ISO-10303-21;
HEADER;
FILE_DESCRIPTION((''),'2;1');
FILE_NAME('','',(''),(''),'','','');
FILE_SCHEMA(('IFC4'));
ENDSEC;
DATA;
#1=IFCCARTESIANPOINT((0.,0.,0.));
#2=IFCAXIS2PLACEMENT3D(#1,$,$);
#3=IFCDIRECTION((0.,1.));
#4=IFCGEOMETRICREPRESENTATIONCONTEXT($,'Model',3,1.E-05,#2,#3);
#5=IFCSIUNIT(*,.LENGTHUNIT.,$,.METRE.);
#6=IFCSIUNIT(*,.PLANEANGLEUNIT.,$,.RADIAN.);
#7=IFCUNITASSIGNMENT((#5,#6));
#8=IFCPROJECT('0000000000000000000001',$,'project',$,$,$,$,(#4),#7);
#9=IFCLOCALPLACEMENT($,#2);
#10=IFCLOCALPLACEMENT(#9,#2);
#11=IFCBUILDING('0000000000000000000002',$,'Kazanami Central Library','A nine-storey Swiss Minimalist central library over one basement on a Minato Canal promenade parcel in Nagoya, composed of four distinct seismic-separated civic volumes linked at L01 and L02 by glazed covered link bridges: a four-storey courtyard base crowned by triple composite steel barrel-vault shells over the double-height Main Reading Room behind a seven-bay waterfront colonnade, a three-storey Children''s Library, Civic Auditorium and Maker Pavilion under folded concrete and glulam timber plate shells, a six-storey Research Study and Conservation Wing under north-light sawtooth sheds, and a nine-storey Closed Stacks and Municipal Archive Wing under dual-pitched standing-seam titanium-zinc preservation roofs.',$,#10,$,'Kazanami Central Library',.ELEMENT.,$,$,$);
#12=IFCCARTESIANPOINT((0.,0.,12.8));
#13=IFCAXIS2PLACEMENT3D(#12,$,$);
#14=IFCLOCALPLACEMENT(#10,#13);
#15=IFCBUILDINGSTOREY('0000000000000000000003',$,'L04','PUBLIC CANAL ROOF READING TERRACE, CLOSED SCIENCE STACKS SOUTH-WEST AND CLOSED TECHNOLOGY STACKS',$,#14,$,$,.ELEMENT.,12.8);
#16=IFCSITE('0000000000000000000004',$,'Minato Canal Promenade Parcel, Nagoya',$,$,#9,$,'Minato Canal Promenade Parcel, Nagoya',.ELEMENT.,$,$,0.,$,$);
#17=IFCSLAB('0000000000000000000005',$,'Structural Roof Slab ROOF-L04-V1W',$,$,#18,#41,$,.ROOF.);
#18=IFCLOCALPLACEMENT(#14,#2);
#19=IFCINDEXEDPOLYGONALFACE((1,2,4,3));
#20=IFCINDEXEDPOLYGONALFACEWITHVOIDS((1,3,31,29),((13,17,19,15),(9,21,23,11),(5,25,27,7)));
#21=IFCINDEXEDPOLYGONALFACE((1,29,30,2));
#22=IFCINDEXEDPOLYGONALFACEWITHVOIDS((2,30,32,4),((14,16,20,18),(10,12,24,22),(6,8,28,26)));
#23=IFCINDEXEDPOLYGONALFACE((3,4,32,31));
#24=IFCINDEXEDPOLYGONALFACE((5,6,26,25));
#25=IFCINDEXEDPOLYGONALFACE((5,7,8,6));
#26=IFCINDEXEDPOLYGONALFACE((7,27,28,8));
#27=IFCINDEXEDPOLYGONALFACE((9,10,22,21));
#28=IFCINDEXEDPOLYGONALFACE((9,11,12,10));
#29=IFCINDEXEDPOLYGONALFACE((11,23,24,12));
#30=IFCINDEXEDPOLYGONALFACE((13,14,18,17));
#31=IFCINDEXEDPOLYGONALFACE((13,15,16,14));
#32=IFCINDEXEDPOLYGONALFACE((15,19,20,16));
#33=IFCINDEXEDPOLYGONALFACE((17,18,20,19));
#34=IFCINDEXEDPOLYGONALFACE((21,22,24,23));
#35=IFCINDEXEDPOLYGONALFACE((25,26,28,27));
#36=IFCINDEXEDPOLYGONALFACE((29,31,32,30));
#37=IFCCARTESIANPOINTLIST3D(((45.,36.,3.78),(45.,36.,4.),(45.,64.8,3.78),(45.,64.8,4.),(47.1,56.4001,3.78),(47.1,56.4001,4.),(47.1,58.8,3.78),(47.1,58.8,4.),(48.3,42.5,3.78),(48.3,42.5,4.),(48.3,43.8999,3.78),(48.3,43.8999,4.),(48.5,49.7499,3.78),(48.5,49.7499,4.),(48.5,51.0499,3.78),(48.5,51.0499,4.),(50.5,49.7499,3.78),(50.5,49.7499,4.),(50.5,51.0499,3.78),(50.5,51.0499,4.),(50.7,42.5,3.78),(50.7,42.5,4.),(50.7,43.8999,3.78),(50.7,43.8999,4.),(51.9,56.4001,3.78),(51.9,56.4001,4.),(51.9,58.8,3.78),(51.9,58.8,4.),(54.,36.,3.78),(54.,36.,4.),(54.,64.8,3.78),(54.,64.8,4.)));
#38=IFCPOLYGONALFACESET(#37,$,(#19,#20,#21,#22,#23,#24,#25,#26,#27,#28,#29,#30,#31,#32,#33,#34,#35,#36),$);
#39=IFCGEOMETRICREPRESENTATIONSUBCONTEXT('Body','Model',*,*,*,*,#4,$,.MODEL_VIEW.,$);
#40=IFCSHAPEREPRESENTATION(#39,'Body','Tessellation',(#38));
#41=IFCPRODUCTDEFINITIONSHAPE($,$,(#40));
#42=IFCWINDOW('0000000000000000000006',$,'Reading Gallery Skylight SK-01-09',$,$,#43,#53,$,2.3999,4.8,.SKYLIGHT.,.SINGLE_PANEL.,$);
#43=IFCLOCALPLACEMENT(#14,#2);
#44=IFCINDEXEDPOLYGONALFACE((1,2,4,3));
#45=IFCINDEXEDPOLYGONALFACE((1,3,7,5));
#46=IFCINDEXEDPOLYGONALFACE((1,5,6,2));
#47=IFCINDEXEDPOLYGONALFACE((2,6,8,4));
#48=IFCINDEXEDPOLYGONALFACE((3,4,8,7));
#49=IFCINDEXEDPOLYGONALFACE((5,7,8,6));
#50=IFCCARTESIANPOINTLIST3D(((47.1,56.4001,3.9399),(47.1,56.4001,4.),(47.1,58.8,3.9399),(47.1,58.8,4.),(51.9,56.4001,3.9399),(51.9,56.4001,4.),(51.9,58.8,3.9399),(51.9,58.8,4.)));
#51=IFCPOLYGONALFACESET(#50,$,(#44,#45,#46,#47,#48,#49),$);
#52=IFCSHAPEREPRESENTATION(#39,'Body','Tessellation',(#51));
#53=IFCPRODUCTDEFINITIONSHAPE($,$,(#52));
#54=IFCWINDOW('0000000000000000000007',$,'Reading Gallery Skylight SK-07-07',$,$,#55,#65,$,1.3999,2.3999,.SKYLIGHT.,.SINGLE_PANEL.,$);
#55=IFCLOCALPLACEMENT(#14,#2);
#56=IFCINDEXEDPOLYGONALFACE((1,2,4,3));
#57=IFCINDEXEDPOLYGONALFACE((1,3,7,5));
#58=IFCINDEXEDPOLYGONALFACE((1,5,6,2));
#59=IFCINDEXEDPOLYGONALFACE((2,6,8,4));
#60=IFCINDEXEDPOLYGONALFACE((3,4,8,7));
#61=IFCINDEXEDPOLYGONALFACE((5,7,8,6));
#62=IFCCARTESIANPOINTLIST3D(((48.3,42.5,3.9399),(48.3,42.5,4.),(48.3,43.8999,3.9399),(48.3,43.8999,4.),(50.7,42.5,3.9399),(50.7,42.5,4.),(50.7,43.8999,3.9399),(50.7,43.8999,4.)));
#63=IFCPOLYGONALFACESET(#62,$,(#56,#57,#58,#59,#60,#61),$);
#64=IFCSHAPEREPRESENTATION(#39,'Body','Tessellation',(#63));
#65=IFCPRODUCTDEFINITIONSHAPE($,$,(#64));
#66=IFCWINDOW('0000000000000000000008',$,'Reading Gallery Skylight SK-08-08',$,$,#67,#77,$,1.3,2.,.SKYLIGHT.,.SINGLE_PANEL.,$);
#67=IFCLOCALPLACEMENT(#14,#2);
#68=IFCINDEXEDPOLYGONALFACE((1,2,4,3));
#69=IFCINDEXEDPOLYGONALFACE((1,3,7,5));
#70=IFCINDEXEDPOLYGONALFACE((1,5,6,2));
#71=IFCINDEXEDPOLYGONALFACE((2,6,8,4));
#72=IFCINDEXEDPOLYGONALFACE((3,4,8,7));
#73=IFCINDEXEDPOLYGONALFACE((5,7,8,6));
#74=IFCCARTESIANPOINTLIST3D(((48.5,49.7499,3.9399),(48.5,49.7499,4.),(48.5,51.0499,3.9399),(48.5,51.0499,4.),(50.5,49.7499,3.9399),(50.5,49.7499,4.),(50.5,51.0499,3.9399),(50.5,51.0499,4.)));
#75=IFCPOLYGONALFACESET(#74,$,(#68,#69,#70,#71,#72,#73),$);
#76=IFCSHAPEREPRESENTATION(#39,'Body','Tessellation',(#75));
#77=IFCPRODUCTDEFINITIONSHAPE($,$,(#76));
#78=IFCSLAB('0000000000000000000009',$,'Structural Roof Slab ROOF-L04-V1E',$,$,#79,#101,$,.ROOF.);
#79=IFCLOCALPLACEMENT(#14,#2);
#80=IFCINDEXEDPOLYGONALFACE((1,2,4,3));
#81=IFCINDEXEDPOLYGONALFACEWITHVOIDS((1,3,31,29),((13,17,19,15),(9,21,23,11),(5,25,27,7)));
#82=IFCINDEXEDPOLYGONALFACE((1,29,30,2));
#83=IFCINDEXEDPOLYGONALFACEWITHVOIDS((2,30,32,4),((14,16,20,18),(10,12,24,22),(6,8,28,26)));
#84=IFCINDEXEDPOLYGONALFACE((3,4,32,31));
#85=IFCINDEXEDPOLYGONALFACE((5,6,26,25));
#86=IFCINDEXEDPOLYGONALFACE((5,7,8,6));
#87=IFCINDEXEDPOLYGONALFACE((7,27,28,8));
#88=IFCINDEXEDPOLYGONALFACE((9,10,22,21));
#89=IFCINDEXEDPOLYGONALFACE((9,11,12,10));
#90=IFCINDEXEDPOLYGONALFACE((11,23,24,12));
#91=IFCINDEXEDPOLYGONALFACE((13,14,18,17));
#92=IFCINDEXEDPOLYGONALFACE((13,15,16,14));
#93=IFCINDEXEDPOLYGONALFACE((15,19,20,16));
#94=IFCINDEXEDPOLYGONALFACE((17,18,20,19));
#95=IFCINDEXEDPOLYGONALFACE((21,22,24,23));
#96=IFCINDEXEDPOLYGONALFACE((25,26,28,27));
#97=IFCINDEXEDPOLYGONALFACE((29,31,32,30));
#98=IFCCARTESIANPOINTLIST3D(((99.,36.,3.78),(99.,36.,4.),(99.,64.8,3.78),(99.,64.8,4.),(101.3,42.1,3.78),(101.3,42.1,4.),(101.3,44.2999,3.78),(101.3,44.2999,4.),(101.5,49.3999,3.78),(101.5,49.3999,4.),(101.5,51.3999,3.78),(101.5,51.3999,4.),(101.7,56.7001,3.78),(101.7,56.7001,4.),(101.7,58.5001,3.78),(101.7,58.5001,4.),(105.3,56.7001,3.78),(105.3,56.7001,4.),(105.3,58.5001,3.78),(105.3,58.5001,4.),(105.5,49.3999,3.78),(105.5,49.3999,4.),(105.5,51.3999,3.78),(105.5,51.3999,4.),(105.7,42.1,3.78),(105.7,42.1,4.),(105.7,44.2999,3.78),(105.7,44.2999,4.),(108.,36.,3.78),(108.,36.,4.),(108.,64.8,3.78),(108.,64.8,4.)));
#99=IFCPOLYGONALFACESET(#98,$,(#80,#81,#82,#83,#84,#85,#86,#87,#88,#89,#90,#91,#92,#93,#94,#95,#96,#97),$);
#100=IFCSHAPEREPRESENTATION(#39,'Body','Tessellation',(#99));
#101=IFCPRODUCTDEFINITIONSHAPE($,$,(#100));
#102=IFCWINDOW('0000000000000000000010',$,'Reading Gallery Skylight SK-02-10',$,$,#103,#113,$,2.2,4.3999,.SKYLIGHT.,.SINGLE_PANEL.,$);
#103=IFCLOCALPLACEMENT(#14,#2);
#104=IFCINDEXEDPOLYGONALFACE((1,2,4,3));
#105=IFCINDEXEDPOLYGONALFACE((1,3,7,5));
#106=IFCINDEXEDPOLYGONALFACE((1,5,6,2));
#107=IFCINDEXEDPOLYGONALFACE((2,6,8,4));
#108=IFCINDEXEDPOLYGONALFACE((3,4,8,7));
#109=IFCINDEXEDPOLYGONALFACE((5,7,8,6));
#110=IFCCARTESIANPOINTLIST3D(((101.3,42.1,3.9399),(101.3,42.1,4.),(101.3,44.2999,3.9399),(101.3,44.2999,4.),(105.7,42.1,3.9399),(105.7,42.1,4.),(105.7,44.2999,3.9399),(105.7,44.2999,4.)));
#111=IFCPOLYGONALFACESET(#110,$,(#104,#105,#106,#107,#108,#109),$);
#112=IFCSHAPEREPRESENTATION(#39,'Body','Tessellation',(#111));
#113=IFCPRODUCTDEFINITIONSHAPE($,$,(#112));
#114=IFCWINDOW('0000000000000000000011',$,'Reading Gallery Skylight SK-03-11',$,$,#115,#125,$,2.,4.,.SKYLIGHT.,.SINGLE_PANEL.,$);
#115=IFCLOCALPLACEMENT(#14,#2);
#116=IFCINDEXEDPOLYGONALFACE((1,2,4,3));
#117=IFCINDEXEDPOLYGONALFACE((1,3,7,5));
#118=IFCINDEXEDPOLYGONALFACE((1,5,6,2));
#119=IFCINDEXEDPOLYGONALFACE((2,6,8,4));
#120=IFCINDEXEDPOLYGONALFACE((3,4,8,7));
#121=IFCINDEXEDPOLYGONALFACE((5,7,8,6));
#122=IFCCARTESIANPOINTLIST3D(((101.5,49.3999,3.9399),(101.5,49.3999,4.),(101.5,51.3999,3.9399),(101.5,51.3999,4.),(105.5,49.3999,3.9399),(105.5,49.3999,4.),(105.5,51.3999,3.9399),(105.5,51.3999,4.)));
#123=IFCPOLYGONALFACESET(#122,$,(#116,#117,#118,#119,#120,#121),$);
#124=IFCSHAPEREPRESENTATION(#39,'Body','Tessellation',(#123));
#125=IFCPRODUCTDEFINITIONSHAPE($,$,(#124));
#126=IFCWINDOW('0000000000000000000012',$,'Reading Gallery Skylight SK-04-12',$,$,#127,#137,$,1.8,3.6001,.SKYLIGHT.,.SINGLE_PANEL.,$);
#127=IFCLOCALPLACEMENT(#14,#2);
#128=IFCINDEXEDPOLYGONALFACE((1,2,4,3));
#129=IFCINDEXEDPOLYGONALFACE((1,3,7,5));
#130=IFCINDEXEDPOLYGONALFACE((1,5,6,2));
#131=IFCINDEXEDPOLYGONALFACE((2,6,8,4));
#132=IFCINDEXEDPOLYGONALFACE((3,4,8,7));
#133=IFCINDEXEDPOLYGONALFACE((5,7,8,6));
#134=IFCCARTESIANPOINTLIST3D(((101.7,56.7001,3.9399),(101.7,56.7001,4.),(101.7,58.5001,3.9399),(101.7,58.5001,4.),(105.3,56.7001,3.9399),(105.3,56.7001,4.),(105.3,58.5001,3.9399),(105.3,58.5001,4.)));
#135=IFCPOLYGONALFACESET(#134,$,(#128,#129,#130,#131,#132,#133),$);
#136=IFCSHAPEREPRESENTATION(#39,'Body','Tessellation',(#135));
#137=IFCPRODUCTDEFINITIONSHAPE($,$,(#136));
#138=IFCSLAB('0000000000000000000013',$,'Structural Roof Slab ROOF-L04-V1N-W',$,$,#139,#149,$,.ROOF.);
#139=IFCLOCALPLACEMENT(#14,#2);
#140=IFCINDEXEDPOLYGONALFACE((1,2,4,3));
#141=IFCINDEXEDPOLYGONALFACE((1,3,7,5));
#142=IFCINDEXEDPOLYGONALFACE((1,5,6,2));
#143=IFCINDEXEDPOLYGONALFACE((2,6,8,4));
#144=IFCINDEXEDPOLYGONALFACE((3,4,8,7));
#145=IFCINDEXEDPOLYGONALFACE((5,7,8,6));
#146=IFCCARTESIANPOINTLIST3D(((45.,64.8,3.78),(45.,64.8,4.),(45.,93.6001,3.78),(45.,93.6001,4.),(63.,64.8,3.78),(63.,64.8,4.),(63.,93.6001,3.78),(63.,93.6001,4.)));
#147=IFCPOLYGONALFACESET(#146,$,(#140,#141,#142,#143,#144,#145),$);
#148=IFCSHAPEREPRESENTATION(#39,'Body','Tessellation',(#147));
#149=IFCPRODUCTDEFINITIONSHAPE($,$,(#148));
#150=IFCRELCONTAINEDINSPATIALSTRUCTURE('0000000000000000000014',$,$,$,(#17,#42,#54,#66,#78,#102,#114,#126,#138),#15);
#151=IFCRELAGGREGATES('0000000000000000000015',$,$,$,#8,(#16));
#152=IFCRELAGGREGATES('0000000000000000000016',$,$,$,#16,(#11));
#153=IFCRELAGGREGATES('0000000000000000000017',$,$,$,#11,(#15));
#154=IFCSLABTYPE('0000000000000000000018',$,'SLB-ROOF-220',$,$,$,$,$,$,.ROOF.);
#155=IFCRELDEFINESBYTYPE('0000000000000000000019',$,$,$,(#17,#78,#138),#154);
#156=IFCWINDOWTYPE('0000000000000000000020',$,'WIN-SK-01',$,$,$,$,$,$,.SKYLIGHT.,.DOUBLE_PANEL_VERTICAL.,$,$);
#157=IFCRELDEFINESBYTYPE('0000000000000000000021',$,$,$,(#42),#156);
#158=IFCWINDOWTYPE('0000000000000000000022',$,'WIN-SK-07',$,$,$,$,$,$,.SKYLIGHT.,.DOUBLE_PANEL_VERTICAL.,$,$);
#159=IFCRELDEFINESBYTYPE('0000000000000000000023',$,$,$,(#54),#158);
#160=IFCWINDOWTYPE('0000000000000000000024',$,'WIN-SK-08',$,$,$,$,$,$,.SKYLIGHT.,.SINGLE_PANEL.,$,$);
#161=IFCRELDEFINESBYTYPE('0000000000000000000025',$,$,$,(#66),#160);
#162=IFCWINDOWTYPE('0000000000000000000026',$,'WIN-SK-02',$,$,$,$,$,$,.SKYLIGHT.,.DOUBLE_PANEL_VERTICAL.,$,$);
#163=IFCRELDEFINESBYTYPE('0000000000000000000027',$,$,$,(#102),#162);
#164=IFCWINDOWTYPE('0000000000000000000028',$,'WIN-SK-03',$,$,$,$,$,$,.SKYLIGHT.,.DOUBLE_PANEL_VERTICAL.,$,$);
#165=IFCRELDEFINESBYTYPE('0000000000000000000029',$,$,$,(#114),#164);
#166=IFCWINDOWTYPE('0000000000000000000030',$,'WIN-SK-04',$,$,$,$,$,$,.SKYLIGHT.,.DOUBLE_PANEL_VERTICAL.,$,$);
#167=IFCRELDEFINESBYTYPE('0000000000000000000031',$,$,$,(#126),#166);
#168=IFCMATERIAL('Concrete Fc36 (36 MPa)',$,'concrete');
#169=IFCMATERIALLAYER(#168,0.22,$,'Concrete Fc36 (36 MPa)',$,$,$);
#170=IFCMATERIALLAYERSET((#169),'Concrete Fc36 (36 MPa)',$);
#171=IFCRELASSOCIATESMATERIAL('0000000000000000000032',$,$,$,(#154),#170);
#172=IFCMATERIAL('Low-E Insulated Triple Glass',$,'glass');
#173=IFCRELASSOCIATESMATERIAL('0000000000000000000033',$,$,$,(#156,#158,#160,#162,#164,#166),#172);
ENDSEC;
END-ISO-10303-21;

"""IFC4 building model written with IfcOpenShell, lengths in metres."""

from ifc_helpers import new_model, si_unit, direction, frame, origin, origin_2d, place, context, subcontext, project, spatial, polyline, rectangle, outline, extrude, material, layer, layer_set, type_object, element, fill, save


model = new_model("IFC4")

# Units and contexts
model_context = context("Model", 3, precision=1e-05, world=origin(), true_north=direction((0.0, 1.0)))
body_context = subcontext(model_context, "Body", "Model", "MODEL_VIEW")
ifc_project = project(units=[si_unit("LENGTHUNIT", "METRE"), si_unit("PLANEANGLEUNIT", "RADIAN")], contexts=[model_context])

# Site, building, storey
site_placement = place(None, origin())
site = spatial("IfcSite", under=ifc_project, at=site_placement, Name="Minato Canal Promenade Parcel, Nagoya", LongName="Minato Canal Promenade Parcel, Nagoya", CompositionType="ELEMENT", RefElevation=0.0)
building_placement = place(site_placement, origin())
building = spatial("IfcBuilding", under=site, at=building_placement, Name="Kazanami Central Library", Description="A nine-storey Swiss Minimalist central library over one basement on a Minato Canal promenade parcel in Nagoya, composed of four distinct seismic-separated civic volumes linked at L01 and L02 by glazed covered link bridges: a four-storey courtyard base crowned by triple composite steel barrel-vault shells over the double-height Main Reading Room behind a seven-bay waterfront colonnade, a three-storey Children's Library, Civic Auditorium and Maker Pavilion under folded concrete and glulam timber plate shells, a six-storey Research Study and Conservation Wing under north-light sawtooth sheds, and a nine-storey Closed Stacks and Municipal Archive Wing under dual-pitched standing-seam titanium-zinc preservation roofs.", LongName="Kazanami Central Library", CompositionType="ELEMENT")
storey_placement = place(building_placement, frame((0.0, 0.0, 12.8)))
storey = spatial("IfcBuildingStorey", under=building, at=storey_placement, Name="L04", Description="PUBLIC CANAL ROOF READING TERRACE, CLOSED SCIENCE STACKS SOUTH-WEST AND CLOSED TECHNOLOGY STACKS", CompositionType="ELEMENT", Elevation=12.8)

# Shared definitions
ifc_material_1 = material(Name="Concrete Fc36 (36 MPa)", Category="concrete")

# Slabs, openings, windows
ifc_layer_1 = layer(ifc_material_1, 0.22, Name="Concrete Fc36 (36 MPa)")
ifc_layer_set_1 = layer_set([ifc_layer_1], Name="Concrete Fc36 (36 MPa)")
slab_type_1 = type_object("IfcSlabType", Name="SLB-ROOF-220", PredefinedType="ROOF", material=ifc_layer_set_1)
slab_1_placement = place(storey_placement, frame((0.0, 0.0, 3.78)))
slab_1 = element("IfcSlab", 1, at=slab_1_placement, inside=storey, type_object=slab_type_1, Name="Structural Roof Slab ROOF-L04-V1W", PredefinedType="ROOF", context=body_context, shape_type="SweptSolid", body=[
    extrude(outline(polyline([(45.0, 36.0), (54.0, 36.0), (54.0, 64.8), (45.0, 64.8), (45.0, 36.0)])), origin(), (0.0, 0.0, 1.0), 0.22),
])
opening_1_placement = place(slab_1_placement, frame((49.5, 43.2, -0.012)))
opening_1 = element("IfcOpeningElement", 2, at=opening_1_placement, cuts=slab_1, PredefinedType="OPENING", context=body_context, shape_type="SweptSolid", body=[
    extrude(rectangle(XDim=2.3999, YDim=1.3999, at=origin_2d()), origin(), (0.0, 0.0, 1.0), 0.2439),
])
opening_2_placement = place(slab_1_placement, frame((49.5, 50.3999, -0.012)))
opening_2 = element("IfcOpeningElement", 3, at=opening_2_placement, cuts=slab_1, PredefinedType="OPENING", context=body_context, shape_type="SweptSolid", body=[
    extrude(rectangle(XDim=2.0, YDim=1.3, at=origin_2d()), origin(), (0.0, 0.0, 1.0), 0.2439),
])
opening_3_placement = place(slab_1_placement, frame((49.5, 57.6001, -0.012)))
opening_3 = element("IfcOpeningElement", 4, at=opening_3_placement, cuts=slab_1, PredefinedType="OPENING", context=body_context, shape_type="SweptSolid", body=[
    extrude(rectangle(XDim=4.8, YDim=2.3999, at=origin_2d()), origin(), (0.0, 0.0, 1.0), 0.2439),
])
ifc_material_2 = material(Name="Low-E Insulated Triple Glass", Category="glass")
window_type_1 = type_object("IfcWindowType", Name="WIN-SK-01", PartitioningType="DOUBLE_PANEL_VERTICAL", PredefinedType="SKYLIGHT", material=ifc_material_2)
window_1_placement = place(slab_1_placement, frame((49.5, 57.6001, 0.1599)))
window_1 = element("IfcWindow", 5, at=window_1_placement, inside=storey, type_object=window_type_1, Name="Reading Gallery Skylight SK-01-09", OverallHeight=2.3999, OverallWidth=4.8, PartitioningType="SINGLE_PANEL", PredefinedType="SKYLIGHT", context=body_context, shape_type="SweptSolid", body=[
    extrude(rectangle(XDim=4.8, YDim=2.3999, at=origin_2d()), origin(), (0.0, 0.0, 1.0), 0.0601),
])
fill(opening_3, window_1)
window_type_2 = type_object("IfcWindowType", Name="WIN-SK-07", PartitioningType="DOUBLE_PANEL_VERTICAL", PredefinedType="SKYLIGHT", material=ifc_material_2)
window_2_placement = place(slab_1_placement, frame((49.5, 43.2, 0.1599)))
window_2 = element("IfcWindow", 6, at=window_2_placement, inside=storey, type_object=window_type_2, Name="Reading Gallery Skylight SK-07-07", OverallHeight=1.3999, OverallWidth=2.3999, PartitioningType="SINGLE_PANEL", PredefinedType="SKYLIGHT", context=body_context, shape_type="SweptSolid", body=[
    extrude(rectangle(XDim=2.3999, YDim=1.3999, at=origin_2d()), origin(), (0.0, 0.0, 1.0), 0.0601),
])
fill(opening_1, window_2)
window_type_3 = type_object("IfcWindowType", Name="WIN-SK-08", PartitioningType="SINGLE_PANEL", PredefinedType="SKYLIGHT", material=ifc_material_2)
window_3_placement = place(slab_1_placement, frame((49.5, 50.3999, 0.1599)))
window_3 = element("IfcWindow", 7, at=window_3_placement, inside=storey, type_object=window_type_3, Name="Reading Gallery Skylight SK-08-08", OverallHeight=1.3, OverallWidth=2.0, PartitioningType="SINGLE_PANEL", PredefinedType="SKYLIGHT", context=body_context, shape_type="SweptSolid", body=[
    extrude(rectangle(XDim=2.0, YDim=1.3, at=origin_2d()), origin(), (0.0, 0.0, 1.0), 0.0601),
])
fill(opening_2, window_3)
slab_2_placement = place(storey_placement, frame((0.0, 0.0, 3.78)))
slab_2 = element("IfcSlab", 8, at=slab_2_placement, inside=storey, type_object=slab_type_1, Name="Structural Roof Slab ROOF-L04-V1E", PredefinedType="ROOF", context=body_context, shape_type="SweptSolid", body=[
    extrude(outline(polyline([(99.0, 36.0), (108.0, 36.0), (108.0, 64.8), (99.0, 64.8), (99.0, 36.0)])), origin(), (0.0, 0.0, 1.0), 0.22),
])
opening_4_placement = place(slab_2_placement, frame((103.5, 43.2, -0.012)))
opening_4 = element("IfcOpeningElement", 9, at=opening_4_placement, cuts=slab_2, PredefinedType="OPENING", context=body_context, shape_type="SweptSolid", body=[
    extrude(rectangle(XDim=4.3999, YDim=2.2, at=origin_2d()), origin(), (0.0, 0.0, 1.0), 0.2439),
])
opening_5_placement = place(slab_2_placement, frame((103.5, 50.3999, -0.012)))
opening_5 = element("IfcOpeningElement", 10, at=opening_5_placement, cuts=slab_2, PredefinedType="OPENING", context=body_context, shape_type="SweptSolid", body=[
    extrude(rectangle(XDim=4.0, YDim=2.0, at=origin_2d()), origin(), (0.0, 0.0, 1.0), 0.2439),
])
opening_6_placement = place(slab_2_placement, frame((103.5, 57.6001, -0.012)))
opening_6 = element("IfcOpeningElement", 11, at=opening_6_placement, cuts=slab_2, PredefinedType="OPENING", context=body_context, shape_type="SweptSolid", body=[
    extrude(rectangle(XDim=3.6001, YDim=1.8, at=origin_2d()), origin(), (0.0, 0.0, 1.0), 0.2439),
])
window_type_4 = type_object("IfcWindowType", Name="WIN-SK-02", PartitioningType="DOUBLE_PANEL_VERTICAL", PredefinedType="SKYLIGHT", material=ifc_material_2)
window_4_placement = place(slab_2_placement, frame((103.5, 43.2, 0.1599)))
window_4 = element("IfcWindow", 12, at=window_4_placement, inside=storey, type_object=window_type_4, Name="Reading Gallery Skylight SK-02-10", OverallHeight=2.2, OverallWidth=4.3999, PartitioningType="SINGLE_PANEL", PredefinedType="SKYLIGHT", context=body_context, shape_type="SweptSolid", body=[
    extrude(rectangle(XDim=4.3999, YDim=2.2, at=origin_2d()), origin(), (0.0, 0.0, 1.0), 0.0601),
])
fill(opening_4, window_4)
window_type_5 = type_object("IfcWindowType", Name="WIN-SK-03", PartitioningType="DOUBLE_PANEL_VERTICAL", PredefinedType="SKYLIGHT", material=ifc_material_2)
window_5_placement = place(slab_2_placement, frame((103.5, 50.3999, 0.1599)))
window_5 = element("IfcWindow", 13, at=window_5_placement, inside=storey, type_object=window_type_5, Name="Reading Gallery Skylight SK-03-11", OverallHeight=2.0, OverallWidth=4.0, PartitioningType="SINGLE_PANEL", PredefinedType="SKYLIGHT", context=body_context, shape_type="SweptSolid", body=[
    extrude(rectangle(XDim=4.0, YDim=2.0, at=origin_2d()), origin(), (0.0, 0.0, 1.0), 0.0601),
])
fill(opening_5, window_5)
window_type_6 = type_object("IfcWindowType", Name="WIN-SK-04", PartitioningType="DOUBLE_PANEL_VERTICAL", PredefinedType="SKYLIGHT", material=ifc_material_2)
window_6_placement = place(slab_2_placement, frame((103.5, 57.6001, 0.1599)))
window_6 = element("IfcWindow", 14, at=window_6_placement, inside=storey, type_object=window_type_6, Name="Reading Gallery Skylight SK-04-12", OverallHeight=1.8, OverallWidth=3.6001, PartitioningType="SINGLE_PANEL", PredefinedType="SKYLIGHT", context=body_context, shape_type="SweptSolid", body=[
    extrude(rectangle(XDim=3.6001, YDim=1.8, at=origin_2d()), origin(), (0.0, 0.0, 1.0), 0.0601),
])
fill(opening_6, window_6)

# Slab
slab_3_placement = place(storey_placement, frame((0.0, 0.0, 3.78)))
element("IfcSlab", 15, at=slab_3_placement, inside=storey, type_object=slab_type_1, Name="Structural Roof Slab ROOF-L04-V1N-W", PredefinedType="ROOF", context=body_context, shape_type="SweptSolid", body=[
    extrude(outline(polyline([(45.0, 64.8), (63.0, 64.8), (63.0, 93.6001), (45.0, 93.6001), (45.0, 64.8)])), origin(), (0.0, 0.0, 1.0), 0.22),
])

save(model, "model.ifc")
